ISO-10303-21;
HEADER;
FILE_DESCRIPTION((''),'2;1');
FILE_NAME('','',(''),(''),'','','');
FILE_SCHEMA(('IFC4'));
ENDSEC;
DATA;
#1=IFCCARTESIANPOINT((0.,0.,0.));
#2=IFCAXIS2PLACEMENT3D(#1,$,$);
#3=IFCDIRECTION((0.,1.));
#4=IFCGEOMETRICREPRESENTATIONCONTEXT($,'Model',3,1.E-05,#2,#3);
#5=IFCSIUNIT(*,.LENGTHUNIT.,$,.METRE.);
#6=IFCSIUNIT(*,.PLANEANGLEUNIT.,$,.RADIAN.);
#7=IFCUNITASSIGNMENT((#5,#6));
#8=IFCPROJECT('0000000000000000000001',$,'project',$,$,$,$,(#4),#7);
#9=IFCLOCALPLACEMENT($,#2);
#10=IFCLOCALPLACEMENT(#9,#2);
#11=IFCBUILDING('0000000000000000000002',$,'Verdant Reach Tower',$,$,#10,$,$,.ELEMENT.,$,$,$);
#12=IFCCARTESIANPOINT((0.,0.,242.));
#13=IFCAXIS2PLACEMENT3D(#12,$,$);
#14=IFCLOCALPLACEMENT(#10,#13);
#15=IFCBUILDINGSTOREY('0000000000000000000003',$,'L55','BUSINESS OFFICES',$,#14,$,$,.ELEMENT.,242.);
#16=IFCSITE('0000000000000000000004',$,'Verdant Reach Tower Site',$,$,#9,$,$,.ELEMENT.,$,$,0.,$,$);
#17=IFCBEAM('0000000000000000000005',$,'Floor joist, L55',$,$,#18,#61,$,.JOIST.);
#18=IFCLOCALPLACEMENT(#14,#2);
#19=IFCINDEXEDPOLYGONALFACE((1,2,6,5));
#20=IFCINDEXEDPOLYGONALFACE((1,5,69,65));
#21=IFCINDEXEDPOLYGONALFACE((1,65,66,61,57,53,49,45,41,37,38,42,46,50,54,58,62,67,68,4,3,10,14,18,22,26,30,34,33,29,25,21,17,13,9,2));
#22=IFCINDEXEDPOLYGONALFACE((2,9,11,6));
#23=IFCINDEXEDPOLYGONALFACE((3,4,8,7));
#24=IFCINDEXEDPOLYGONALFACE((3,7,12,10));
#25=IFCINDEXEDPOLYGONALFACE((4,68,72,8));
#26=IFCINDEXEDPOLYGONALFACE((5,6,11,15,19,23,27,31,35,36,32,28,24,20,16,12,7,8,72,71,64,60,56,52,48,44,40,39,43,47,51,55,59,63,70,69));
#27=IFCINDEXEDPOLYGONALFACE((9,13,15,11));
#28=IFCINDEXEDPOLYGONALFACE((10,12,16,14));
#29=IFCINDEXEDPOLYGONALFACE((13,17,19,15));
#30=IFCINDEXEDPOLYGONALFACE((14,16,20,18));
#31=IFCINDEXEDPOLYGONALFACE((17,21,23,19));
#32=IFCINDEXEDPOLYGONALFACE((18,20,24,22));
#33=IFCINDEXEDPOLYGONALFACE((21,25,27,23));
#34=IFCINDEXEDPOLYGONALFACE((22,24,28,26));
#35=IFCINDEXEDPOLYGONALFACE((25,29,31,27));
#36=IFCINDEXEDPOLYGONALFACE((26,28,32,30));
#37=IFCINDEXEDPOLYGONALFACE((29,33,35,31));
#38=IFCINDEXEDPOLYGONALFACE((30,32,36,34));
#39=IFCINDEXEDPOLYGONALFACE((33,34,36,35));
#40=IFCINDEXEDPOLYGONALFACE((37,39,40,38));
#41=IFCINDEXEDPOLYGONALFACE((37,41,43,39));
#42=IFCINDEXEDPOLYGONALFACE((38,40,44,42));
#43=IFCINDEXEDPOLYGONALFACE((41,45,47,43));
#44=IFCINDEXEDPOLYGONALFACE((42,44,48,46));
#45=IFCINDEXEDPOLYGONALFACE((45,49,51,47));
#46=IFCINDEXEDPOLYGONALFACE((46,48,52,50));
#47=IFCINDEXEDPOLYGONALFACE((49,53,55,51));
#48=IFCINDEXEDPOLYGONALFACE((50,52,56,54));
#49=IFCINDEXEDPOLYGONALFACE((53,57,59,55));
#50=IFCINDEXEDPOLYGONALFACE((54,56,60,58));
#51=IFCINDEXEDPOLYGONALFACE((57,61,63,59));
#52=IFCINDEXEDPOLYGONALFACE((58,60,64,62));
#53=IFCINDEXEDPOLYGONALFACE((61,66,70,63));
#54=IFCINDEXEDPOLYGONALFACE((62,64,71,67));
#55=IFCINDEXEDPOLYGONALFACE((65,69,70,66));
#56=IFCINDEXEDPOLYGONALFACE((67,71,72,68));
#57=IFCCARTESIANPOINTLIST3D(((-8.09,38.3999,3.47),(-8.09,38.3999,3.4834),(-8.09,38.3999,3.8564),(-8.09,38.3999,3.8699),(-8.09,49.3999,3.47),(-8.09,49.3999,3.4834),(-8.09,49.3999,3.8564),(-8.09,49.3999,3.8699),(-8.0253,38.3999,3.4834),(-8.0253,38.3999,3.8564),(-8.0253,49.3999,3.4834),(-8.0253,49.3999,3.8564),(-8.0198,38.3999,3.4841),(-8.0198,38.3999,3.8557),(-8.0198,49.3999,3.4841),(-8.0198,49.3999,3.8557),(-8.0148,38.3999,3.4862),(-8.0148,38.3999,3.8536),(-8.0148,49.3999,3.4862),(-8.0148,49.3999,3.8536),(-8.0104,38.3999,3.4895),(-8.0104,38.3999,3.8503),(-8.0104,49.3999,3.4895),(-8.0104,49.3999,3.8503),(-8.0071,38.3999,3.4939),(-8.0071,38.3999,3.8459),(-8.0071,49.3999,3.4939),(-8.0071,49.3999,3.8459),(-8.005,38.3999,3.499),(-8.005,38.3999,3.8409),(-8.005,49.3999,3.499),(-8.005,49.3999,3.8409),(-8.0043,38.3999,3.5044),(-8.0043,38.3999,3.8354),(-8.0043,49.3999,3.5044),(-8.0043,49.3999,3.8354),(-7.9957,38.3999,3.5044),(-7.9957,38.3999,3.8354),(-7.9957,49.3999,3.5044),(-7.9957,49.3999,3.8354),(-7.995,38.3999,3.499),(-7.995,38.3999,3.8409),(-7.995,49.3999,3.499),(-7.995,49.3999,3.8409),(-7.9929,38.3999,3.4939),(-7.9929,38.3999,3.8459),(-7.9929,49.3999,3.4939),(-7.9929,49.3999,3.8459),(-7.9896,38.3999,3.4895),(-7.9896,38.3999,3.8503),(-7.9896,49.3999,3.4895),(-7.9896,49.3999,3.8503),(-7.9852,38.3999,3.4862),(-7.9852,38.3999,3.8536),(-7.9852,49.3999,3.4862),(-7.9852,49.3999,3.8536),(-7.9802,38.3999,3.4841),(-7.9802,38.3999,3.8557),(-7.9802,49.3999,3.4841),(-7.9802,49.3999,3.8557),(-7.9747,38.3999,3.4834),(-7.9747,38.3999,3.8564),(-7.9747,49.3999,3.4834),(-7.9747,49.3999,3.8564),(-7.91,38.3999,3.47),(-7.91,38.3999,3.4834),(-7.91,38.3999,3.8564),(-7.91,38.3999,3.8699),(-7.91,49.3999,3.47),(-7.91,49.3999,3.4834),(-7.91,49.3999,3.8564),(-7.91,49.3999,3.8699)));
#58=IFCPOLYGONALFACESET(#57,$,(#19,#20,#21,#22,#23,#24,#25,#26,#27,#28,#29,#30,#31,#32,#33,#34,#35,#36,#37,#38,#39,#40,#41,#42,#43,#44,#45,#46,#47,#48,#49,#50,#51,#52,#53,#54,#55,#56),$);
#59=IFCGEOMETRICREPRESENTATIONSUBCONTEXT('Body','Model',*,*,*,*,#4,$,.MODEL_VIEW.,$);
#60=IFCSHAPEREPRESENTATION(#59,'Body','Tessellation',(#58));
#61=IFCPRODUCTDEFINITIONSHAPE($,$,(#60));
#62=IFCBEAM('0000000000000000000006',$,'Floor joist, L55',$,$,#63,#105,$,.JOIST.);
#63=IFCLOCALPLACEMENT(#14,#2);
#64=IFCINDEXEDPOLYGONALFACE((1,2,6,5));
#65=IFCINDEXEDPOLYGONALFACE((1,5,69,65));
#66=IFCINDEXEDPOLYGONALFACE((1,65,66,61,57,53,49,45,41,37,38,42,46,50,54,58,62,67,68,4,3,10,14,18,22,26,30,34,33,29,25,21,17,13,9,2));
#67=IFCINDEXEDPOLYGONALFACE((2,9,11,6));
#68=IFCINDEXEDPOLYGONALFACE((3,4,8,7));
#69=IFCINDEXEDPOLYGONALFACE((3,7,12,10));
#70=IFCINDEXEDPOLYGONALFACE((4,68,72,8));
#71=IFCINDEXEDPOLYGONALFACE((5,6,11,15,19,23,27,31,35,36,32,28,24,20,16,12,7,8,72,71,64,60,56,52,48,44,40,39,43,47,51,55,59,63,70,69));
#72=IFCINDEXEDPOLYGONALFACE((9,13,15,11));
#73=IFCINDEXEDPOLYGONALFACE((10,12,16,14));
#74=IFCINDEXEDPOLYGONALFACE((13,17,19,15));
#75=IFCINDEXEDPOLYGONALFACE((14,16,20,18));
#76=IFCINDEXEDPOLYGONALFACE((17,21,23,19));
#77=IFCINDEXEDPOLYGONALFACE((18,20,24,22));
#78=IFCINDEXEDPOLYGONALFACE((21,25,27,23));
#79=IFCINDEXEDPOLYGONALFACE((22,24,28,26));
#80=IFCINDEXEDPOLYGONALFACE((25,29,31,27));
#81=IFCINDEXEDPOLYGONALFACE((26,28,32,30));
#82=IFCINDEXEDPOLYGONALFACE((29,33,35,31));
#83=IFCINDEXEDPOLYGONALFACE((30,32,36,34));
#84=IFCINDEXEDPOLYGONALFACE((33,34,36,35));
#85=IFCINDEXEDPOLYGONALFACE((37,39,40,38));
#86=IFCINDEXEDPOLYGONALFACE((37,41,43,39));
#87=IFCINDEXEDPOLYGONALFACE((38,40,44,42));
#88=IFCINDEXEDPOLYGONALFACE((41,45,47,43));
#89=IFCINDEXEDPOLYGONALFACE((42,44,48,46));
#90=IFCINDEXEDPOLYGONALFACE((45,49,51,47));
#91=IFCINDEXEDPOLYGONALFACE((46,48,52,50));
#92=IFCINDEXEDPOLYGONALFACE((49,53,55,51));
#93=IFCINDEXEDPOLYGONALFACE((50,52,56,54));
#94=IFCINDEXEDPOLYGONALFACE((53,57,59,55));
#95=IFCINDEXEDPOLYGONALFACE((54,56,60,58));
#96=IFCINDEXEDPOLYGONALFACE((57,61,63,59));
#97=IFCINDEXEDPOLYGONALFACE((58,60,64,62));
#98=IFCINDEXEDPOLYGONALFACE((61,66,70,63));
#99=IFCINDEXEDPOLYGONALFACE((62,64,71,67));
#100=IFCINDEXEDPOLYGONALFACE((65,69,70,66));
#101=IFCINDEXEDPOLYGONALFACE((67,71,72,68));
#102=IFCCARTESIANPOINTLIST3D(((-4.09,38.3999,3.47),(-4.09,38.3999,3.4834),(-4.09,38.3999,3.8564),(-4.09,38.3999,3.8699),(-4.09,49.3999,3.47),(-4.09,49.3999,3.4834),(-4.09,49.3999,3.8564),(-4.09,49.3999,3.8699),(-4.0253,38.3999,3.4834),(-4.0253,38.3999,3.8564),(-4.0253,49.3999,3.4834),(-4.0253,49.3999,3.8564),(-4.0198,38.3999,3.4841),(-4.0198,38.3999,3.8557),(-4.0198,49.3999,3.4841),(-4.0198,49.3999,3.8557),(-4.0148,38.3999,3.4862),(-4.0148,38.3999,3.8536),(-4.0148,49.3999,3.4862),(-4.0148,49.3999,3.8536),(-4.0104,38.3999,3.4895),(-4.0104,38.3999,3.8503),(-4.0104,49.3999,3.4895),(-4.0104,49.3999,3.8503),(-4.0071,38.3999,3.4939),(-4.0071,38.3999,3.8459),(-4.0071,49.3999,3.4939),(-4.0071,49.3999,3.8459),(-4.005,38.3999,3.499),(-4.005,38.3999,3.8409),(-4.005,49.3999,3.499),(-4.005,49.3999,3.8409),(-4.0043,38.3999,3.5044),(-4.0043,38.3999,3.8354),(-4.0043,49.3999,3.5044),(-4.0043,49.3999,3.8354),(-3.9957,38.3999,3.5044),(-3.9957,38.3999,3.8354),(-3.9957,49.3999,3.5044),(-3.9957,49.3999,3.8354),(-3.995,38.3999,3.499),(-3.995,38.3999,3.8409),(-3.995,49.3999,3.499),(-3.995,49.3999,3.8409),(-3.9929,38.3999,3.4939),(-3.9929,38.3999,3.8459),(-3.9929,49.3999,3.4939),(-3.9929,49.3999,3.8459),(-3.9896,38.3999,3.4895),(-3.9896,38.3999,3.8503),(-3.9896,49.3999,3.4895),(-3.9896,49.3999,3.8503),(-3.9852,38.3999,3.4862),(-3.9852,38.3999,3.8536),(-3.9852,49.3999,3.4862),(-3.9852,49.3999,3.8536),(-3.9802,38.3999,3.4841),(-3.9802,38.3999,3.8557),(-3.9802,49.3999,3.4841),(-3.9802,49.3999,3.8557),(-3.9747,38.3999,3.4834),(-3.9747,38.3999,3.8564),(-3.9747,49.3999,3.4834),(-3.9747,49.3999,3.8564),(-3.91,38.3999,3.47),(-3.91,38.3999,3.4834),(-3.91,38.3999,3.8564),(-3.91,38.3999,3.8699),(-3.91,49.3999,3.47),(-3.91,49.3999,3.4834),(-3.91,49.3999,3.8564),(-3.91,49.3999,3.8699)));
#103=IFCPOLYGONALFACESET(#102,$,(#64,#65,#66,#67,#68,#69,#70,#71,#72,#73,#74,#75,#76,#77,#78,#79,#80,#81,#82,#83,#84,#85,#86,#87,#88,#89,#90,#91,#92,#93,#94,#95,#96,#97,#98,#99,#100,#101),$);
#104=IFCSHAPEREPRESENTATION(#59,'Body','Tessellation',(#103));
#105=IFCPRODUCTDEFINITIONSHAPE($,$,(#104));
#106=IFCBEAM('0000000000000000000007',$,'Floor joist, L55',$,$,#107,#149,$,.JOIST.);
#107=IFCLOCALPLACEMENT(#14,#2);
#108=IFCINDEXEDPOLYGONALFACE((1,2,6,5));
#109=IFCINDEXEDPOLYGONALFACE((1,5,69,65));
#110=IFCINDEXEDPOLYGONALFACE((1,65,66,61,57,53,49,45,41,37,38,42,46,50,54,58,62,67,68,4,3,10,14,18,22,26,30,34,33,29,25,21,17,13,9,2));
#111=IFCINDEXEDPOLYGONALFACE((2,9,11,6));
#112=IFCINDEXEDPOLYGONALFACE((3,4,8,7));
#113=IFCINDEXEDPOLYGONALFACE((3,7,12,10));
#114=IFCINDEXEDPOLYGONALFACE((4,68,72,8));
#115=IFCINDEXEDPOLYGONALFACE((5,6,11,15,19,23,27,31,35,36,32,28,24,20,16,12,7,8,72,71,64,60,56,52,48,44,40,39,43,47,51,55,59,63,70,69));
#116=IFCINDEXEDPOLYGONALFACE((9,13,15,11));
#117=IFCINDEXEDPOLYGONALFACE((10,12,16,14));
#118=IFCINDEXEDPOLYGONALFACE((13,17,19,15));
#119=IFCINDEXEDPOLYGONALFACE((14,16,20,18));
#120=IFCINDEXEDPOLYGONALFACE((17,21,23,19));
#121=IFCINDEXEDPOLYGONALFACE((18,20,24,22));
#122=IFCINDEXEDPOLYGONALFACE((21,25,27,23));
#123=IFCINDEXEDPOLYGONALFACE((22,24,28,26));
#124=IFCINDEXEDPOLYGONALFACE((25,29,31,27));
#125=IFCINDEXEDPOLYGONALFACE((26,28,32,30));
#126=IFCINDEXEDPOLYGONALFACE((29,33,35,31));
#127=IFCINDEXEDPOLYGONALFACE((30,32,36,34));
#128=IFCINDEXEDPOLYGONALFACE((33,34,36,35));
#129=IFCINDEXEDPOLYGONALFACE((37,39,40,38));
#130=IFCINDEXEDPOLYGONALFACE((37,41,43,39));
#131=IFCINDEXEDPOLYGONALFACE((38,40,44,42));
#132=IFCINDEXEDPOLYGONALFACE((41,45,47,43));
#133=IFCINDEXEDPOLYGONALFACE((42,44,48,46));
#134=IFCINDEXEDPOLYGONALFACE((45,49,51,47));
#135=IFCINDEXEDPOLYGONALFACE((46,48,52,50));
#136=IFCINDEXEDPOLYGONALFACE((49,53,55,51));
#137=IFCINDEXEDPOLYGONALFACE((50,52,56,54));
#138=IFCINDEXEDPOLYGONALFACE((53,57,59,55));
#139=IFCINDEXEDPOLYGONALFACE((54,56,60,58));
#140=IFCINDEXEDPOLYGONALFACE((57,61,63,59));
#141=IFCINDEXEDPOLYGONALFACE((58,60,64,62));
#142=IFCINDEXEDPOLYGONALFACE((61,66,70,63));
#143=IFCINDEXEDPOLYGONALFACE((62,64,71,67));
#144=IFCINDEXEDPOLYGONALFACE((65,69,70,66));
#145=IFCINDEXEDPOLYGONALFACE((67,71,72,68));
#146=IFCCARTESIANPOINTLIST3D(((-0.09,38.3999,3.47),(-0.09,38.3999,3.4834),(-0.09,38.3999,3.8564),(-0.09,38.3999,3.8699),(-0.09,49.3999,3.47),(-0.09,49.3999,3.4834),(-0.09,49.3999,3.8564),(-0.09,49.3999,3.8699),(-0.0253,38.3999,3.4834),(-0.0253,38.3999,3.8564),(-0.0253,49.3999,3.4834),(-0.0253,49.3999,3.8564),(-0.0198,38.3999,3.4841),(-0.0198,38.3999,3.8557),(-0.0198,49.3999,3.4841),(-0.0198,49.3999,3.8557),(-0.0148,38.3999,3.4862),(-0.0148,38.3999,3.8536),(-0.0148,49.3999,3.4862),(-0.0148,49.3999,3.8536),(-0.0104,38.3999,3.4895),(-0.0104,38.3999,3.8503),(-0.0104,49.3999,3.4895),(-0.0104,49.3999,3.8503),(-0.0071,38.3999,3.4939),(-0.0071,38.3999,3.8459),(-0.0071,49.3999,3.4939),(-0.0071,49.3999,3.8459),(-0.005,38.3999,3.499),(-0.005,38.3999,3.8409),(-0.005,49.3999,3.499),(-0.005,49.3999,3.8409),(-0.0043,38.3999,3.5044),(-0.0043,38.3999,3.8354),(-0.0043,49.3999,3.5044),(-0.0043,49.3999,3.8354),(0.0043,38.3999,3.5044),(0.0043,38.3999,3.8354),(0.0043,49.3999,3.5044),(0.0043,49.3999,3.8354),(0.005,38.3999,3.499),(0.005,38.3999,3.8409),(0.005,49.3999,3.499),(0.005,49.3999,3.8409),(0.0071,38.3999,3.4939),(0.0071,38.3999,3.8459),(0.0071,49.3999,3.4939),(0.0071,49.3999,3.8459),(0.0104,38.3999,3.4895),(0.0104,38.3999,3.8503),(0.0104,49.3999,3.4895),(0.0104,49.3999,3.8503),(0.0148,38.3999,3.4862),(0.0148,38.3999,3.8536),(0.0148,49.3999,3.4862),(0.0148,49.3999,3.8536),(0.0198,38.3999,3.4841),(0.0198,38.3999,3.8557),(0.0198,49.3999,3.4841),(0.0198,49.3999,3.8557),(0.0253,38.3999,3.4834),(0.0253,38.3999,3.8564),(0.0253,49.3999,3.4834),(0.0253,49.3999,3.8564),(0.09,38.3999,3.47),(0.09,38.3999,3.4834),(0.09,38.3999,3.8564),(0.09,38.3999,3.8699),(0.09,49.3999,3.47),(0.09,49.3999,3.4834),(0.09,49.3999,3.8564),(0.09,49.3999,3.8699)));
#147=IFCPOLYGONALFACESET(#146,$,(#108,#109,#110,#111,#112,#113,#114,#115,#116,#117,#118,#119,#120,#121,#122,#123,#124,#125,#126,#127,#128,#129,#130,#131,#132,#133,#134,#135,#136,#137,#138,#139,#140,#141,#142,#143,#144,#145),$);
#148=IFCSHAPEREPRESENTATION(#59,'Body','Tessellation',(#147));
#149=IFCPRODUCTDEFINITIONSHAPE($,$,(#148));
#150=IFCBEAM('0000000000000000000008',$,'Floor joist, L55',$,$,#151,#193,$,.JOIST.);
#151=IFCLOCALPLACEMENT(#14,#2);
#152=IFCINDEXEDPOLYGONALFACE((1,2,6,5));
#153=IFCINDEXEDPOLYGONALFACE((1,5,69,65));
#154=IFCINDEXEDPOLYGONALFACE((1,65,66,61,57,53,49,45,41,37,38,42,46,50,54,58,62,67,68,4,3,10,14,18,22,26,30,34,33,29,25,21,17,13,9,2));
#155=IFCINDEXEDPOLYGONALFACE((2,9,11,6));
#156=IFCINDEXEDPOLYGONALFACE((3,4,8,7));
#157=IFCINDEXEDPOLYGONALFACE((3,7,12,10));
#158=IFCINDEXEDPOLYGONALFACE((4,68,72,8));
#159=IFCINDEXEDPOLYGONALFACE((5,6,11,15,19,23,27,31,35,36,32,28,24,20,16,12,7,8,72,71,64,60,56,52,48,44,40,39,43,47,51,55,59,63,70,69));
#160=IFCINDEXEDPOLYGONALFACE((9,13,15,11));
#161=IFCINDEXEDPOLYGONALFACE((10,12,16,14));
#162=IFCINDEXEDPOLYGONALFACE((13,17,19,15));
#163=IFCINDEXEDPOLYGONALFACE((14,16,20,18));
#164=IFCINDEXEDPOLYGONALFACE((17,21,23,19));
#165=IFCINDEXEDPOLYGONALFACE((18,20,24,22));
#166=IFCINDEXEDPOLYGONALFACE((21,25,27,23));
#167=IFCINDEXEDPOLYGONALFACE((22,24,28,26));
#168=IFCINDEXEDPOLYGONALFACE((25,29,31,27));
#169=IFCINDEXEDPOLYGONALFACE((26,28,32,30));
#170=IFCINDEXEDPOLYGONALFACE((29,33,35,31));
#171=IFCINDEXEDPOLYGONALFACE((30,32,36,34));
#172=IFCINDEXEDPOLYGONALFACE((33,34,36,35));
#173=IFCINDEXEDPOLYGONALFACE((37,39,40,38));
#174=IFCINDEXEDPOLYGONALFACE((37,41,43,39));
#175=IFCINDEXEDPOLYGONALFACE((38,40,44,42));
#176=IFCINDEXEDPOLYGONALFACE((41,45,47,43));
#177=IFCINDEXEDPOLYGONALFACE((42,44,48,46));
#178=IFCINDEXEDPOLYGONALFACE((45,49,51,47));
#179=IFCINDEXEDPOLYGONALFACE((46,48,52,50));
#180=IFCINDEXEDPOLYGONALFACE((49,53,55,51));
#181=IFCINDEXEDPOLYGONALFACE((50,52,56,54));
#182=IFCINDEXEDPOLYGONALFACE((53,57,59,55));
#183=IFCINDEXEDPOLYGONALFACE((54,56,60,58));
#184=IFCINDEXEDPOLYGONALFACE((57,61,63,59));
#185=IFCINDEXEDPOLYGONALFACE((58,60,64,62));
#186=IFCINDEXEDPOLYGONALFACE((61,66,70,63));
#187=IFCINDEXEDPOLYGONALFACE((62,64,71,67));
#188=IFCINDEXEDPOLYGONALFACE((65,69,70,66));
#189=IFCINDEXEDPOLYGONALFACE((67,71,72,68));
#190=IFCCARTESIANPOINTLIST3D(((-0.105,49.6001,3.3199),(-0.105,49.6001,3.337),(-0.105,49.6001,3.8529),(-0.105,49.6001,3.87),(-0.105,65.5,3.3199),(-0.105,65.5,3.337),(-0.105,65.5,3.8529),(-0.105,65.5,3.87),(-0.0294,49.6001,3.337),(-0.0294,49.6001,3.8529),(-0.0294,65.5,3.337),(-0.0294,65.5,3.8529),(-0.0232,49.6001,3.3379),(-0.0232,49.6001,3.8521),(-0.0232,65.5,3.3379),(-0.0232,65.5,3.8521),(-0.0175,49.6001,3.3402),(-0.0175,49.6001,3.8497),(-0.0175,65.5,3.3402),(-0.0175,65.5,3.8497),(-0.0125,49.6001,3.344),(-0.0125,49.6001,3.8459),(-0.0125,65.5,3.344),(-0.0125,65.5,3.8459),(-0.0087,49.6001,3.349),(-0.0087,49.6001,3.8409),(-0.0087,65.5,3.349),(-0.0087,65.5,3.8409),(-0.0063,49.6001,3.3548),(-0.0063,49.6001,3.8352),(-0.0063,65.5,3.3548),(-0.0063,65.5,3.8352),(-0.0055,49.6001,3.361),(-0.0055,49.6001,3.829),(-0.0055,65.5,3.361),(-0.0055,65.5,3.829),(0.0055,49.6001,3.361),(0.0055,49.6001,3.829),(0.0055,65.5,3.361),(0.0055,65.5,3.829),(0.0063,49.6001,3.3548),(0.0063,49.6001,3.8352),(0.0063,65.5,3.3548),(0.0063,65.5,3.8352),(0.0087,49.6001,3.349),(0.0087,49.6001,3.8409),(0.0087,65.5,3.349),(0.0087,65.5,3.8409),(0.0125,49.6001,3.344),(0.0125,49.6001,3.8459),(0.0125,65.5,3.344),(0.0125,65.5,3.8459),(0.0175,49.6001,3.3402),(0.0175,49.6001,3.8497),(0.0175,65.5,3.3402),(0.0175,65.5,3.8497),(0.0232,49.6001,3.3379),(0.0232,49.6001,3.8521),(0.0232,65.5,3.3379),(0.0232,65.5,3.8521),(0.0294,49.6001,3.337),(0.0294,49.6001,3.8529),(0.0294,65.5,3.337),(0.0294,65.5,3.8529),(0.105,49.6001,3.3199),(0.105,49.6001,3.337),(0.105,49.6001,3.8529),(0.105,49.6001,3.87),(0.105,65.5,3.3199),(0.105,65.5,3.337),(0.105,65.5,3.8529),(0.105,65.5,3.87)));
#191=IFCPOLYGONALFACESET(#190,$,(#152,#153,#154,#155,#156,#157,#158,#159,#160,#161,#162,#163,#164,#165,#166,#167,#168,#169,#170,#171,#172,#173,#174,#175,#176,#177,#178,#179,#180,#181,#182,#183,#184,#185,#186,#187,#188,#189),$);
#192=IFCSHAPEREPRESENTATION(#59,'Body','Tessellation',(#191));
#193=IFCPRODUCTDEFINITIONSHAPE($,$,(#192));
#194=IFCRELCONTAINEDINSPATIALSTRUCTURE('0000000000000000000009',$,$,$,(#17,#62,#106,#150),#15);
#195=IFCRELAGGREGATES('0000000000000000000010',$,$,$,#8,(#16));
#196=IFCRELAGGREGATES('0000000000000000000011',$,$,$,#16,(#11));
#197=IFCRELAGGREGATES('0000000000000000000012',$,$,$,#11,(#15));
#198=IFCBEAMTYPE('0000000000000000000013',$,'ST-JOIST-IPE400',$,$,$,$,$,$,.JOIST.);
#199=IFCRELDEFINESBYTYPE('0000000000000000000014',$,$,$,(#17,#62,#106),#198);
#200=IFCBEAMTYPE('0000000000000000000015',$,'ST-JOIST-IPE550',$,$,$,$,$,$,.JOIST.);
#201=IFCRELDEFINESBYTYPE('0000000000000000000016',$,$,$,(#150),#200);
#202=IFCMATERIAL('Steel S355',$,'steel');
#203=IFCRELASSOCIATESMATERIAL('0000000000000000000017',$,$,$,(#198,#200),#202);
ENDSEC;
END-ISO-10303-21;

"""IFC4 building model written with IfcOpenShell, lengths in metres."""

from ifc_helpers import new_model, si_unit, direction, frame, origin, origin_2d, place, context, subcontext, project, spatial, i_section, extrude, material, material_profile, profile_set, type_object, element, save


model = new_model("IFC4")

# Units and contexts
model_context = context("Model", 3, precision=1e-05, world=origin(), true_north=direction((0.0, 1.0)))
body_context = subcontext(model_context, "Body", "Model", "MODEL_VIEW")
ifc_project = project(units=[si_unit("LENGTHUNIT", "METRE"), si_unit("PLANEANGLEUNIT", "RADIAN")], contexts=[model_context])

# Site, building, storey
site_placement = place(None, origin())
site = spatial("IfcSite", under=ifc_project, at=site_placement, Name="Verdant Reach Tower Site", CompositionType="ELEMENT", RefElevation=0.0)
building_placement = place(site_placement, origin())
building = spatial("IfcBuilding", under=site, at=building_placement, Name="Verdant Reach Tower", CompositionType="ELEMENT")
storey_placement = place(building_placement, frame((0.0, 0.0, 242.0)))
storey = spatial("IfcBuildingStorey", under=building, at=storey_placement, Name="L55", Description="BUSINESS OFFICES", CompositionType="ELEMENT", Elevation=242.0)

# Beams
ifc_material_1 = material(Name="Steel S355", Category="steel")
ifc_material_profile_1 = material_profile(ifc_material_1, i_section(OverallWidth=0.1799, OverallDepth=0.3999, WebThickness=0.0085, FlangeThickness=0.0134, FilletRadius=0.021, at=origin_2d()), Name="IPE 400")
ifc_profile_set_1 = profile_set([ifc_material_profile_1], Name="Steel S355")
beam_type_1 = type_object("IfcBeamType", Name="ST-JOIST-IPE400", PredefinedType="JOIST", material=ifc_profile_set_1)
for number, where, z_axis, x_axis, name in (
    (1, (-8.0, 38.3999, 3.6699), (0.0, 1.0, 0.0), (-1.0, 0.0, 0.0), "Floor joist, L55"),
    (2, (-4.0, 38.3999, 3.6699), (0.0, 1.0, 0.0), (-1.0, 0.0, 0.0), "Floor joist, L55"),
    (3, (0.0, 38.3999, 3.6699), (0.0, 1.0, 0.0), (-1.0, 0.0, 0.0), "Floor joist, L55"),
):
    element("IfcBeam", number, at=place(storey_placement, frame(where, z_axis=z_axis, x_axis=x_axis)), inside=storey, type_object=beam_type_1, Name=name, PredefinedType="JOIST", context=body_context, shape_type="SweptSolid", body=[
        extrude(i_section(OverallWidth=0.1799, OverallDepth=0.3999, WebThickness=0.0085, FlangeThickness=0.0134, FilletRadius=0.021, at=origin_2d()), origin(), (0.0, 0.0, 1.0), 11.0),
    ])
ifc_material_profile_2 = material_profile(ifc_material_1, i_section(OverallWidth=0.21, OverallDepth=0.55, WebThickness=0.011, FlangeThickness=0.0171, FilletRadius=0.0239, at=origin_2d()), Name="IPE 550")
ifc_profile_set_2 = profile_set([ifc_material_profile_2], Name="Steel S355")
beam_type_2 = type_object("IfcBeamType", Name="ST-JOIST-IPE550", PredefinedType="JOIST", material=ifc_profile_set_2)
beam_1_placement = place(storey_placement, frame((0.0, 49.6001, 3.595), z_axis=(0.0, 1.0, 0.0), x_axis=(-1.0, 0.0, 0.0)))
element("IfcBeam", 4, at=beam_1_placement, inside=storey, type_object=beam_type_2, Name="Floor joist, L55", PredefinedType="JOIST", context=body_context, shape_type="SweptSolid", body=[
    extrude(i_section(OverallWidth=0.21, OverallDepth=0.55, WebThickness=0.011, FlangeThickness=0.0171, FilletRadius=0.0239, at=origin_2d()), origin(), (0.0, 0.0, 1.0), 15.8999),
])

save(model, "model.ifc")
